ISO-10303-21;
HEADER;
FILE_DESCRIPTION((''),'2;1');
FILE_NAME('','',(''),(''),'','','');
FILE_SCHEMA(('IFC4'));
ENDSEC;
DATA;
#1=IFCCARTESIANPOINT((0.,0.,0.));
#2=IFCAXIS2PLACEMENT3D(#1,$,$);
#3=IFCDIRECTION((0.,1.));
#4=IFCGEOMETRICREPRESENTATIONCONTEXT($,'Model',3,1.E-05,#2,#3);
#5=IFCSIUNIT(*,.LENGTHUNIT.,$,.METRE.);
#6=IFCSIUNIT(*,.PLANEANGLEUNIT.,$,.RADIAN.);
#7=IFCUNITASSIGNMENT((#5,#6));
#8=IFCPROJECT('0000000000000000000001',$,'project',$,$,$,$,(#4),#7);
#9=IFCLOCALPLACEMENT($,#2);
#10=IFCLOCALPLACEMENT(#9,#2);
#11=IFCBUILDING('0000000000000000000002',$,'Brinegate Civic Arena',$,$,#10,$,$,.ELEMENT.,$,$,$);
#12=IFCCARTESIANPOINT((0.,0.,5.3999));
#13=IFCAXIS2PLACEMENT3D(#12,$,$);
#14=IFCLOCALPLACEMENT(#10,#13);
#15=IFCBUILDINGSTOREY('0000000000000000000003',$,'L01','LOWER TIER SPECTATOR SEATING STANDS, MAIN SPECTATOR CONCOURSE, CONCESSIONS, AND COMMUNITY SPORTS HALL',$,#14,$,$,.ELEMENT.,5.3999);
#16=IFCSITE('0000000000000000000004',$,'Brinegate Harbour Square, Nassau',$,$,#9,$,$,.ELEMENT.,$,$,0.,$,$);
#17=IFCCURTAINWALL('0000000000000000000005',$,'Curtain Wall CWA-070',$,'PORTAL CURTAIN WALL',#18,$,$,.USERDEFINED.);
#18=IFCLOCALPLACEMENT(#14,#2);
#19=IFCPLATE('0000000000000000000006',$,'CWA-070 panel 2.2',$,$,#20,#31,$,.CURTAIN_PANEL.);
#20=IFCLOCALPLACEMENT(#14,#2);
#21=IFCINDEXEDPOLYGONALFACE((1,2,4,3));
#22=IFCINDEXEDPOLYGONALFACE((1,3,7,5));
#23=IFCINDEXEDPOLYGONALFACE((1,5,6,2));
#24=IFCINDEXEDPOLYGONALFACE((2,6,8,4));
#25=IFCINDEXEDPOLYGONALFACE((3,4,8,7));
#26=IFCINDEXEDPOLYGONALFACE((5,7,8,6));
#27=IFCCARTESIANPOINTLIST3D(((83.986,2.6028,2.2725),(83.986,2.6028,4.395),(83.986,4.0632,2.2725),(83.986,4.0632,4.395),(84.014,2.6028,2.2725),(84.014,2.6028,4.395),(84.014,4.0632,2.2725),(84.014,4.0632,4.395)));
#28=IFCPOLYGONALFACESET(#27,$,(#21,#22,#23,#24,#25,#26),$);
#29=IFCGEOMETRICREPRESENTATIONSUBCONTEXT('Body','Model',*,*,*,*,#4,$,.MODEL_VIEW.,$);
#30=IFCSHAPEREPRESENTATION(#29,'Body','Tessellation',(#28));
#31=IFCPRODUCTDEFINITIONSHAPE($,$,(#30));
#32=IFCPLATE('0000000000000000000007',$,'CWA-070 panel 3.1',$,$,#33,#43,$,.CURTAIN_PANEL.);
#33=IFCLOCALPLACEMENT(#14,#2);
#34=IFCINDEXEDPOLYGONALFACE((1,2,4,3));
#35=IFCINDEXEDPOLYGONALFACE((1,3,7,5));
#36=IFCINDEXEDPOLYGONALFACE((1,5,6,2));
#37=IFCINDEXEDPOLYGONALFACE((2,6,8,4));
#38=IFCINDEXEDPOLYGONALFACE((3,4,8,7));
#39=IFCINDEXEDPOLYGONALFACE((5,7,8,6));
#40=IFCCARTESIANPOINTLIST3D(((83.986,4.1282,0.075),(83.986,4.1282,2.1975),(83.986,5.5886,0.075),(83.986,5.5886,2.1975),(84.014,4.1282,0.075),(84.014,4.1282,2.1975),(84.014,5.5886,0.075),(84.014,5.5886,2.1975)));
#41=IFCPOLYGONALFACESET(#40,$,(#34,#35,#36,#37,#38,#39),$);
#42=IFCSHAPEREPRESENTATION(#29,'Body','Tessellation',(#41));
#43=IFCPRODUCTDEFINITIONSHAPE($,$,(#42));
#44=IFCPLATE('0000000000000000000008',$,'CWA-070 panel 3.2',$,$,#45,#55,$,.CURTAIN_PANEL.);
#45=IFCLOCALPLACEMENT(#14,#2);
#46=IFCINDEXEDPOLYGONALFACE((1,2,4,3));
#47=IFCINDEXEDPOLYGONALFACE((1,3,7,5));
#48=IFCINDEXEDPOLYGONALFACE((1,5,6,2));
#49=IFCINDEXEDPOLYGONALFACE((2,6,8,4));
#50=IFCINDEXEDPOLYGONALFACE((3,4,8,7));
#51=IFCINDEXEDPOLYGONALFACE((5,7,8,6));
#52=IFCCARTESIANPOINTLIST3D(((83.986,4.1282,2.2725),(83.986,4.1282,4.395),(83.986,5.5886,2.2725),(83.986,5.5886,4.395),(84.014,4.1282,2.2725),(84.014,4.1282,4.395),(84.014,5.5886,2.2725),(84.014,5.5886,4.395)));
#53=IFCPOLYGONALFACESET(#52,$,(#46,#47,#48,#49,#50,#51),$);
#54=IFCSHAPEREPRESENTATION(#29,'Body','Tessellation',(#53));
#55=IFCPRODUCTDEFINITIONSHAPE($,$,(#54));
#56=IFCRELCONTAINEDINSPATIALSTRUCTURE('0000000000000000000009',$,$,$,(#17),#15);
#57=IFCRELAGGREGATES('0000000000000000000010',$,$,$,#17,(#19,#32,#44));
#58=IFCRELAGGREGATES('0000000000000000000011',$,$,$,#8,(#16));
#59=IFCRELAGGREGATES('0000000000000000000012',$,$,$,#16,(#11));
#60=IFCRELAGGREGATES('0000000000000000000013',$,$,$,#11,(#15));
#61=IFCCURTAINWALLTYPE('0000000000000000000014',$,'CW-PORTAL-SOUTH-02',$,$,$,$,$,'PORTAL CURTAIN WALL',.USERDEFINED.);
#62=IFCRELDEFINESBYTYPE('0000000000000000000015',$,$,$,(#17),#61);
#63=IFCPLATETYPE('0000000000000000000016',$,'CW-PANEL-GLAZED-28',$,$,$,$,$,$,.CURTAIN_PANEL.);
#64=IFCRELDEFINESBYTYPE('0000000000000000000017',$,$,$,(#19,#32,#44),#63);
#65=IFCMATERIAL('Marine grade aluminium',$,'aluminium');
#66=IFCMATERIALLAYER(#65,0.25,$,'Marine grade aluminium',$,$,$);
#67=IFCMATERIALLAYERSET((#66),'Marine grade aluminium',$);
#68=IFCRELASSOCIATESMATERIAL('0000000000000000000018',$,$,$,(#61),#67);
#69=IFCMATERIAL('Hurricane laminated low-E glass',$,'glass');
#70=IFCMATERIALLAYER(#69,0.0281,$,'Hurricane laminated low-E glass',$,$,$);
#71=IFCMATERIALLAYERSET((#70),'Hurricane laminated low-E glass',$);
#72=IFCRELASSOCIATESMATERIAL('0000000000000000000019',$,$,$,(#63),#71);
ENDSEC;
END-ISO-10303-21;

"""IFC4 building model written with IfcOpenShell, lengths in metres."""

from ifc_helpers import new_model, si_unit, direction, frame, origin, origin_2d, place, context, subcontext, project, spatial, rectangle, extrude, material, layer, layer_set, type_object, element, aggregate, save


model = new_model("IFC4")

# Units and contexts
model_context = context("Model", 3, precision=1e-05, world=origin(), true_north=direction((0.0, 1.0)))
body_context = subcontext(model_context, "Body", "Model", "MODEL_VIEW")
ifc_project = project(units=[si_unit("LENGTHUNIT", "METRE"), si_unit("PLANEANGLEUNIT", "RADIAN")], contexts=[model_context])

# Site, building, storey
site_placement = place(None, origin())
site = spatial("IfcSite", under=ifc_project, at=site_placement, Name="Brinegate Harbour Square, Nassau", CompositionType="ELEMENT", RefElevation=0.0)
building_placement = place(site_placement, origin())
building = spatial("IfcBuilding", under=site, at=building_placement, Name="Brinegate Civic Arena", CompositionType="ELEMENT")
storey_placement = place(building_placement, frame((0.0, 0.0, 5.3999)))
storey = spatial("IfcBuildingStorey", under=building, at=storey_placement, Name="L01", Description="LOWER TIER SPECTATOR SEATING STANDS, MAIN SPECTATOR CONCOURSE, CONCESSIONS, AND COMMUNITY SPORTS HALL", CompositionType="ELEMENT", Elevation=5.3999)

# Curtain wall
ifc_material_1 = material(Name="Marine grade aluminium", Category="aluminium")
ifc_layer_1 = layer(ifc_material_1, 0.25, Name="Marine grade aluminium")
ifc_layer_set_1 = layer_set([ifc_layer_1], Name="Marine grade aluminium")
curtain_wall_type = type_object("IfcCurtainWallType", Name="CW-PORTAL-SOUTH-02", ElementType="PORTAL CURTAIN WALL", PredefinedType="USERDEFINED", material=ifc_layer_set_1)
curtain_wall_placement = place(storey_placement, origin())
curtain_wall = element("IfcCurtainWall", 1, at=curtain_wall_placement, inside=storey, type_object=curtain_wall_type, Name="Curtain Wall CWA-070", ObjectType="PORTAL CURTAIN WALL", PredefinedType="USERDEFINED")

# Plates
ifc_material_2 = material(Name="Hurricane laminated low-E glass", Category="glass")
ifc_layer_2 = layer(ifc_material_2, 0.0281, Name="Hurricane laminated low-E glass")
ifc_layer_set_2 = layer_set([ifc_layer_2], Name="Hurricane laminated low-E glass")
plate_type = type_object("IfcPlateType", Name="CW-PANEL-GLAZED-28", PredefinedType="CURTAIN_PANEL", material=ifc_layer_set_2)
plate_1_placement = place(storey_placement, frame((84.0, 3.333, 2.2725), z_axis=(0.0, 0.0, 1.0), x_axis=(0.0, 1.0, 0.0)))
plate_1 = element("IfcPlate", 2, at=plate_1_placement, type_object=plate_type, Name="CWA-070 panel 2.2", PredefinedType="CURTAIN_PANEL", context=body_context, shape_type="SweptSolid", body=[
    extrude(rectangle(XDim=1.4604, YDim=0.0281, at=origin_2d()), origin(), (0.0, 0.0, 1.0), 2.1226),
])
plate_2_placement = place(storey_placement, frame((84.0, 4.8584, 0.075), z_axis=(0.0, 0.0, 1.0), x_axis=(0.0, 1.0, 0.0)))
plate_2 = element("IfcPlate", 3, at=plate_2_placement, type_object=plate_type, Name="CWA-070 panel 3.1", PredefinedType="CURTAIN_PANEL", context=body_context, shape_type="SweptSolid", body=[
    extrude(rectangle(XDim=1.4604, YDim=0.0281, at=origin_2d()), origin(), (0.0, 0.0, 1.0), 2.1226),
])
plate_3_placement = place(storey_placement, frame((84.0, 4.8584, 2.2725), z_axis=(0.0, 0.0, 1.0), x_axis=(0.0, 1.0, 0.0)))
plate_3 = element("IfcPlate", 4, at=plate_3_placement, type_object=plate_type, Name="CWA-070 panel 3.2", PredefinedType="CURTAIN_PANEL", context=body_context, shape_type="SweptSolid", body=[
    extrude(rectangle(XDim=1.4604, YDim=0.0281, at=origin_2d()), origin(), (0.0, 0.0, 1.0), 2.1226),
])
aggregate(curtain_wall, [plate_1, plate_2, plate_3])

save(model, "model.ifc")
